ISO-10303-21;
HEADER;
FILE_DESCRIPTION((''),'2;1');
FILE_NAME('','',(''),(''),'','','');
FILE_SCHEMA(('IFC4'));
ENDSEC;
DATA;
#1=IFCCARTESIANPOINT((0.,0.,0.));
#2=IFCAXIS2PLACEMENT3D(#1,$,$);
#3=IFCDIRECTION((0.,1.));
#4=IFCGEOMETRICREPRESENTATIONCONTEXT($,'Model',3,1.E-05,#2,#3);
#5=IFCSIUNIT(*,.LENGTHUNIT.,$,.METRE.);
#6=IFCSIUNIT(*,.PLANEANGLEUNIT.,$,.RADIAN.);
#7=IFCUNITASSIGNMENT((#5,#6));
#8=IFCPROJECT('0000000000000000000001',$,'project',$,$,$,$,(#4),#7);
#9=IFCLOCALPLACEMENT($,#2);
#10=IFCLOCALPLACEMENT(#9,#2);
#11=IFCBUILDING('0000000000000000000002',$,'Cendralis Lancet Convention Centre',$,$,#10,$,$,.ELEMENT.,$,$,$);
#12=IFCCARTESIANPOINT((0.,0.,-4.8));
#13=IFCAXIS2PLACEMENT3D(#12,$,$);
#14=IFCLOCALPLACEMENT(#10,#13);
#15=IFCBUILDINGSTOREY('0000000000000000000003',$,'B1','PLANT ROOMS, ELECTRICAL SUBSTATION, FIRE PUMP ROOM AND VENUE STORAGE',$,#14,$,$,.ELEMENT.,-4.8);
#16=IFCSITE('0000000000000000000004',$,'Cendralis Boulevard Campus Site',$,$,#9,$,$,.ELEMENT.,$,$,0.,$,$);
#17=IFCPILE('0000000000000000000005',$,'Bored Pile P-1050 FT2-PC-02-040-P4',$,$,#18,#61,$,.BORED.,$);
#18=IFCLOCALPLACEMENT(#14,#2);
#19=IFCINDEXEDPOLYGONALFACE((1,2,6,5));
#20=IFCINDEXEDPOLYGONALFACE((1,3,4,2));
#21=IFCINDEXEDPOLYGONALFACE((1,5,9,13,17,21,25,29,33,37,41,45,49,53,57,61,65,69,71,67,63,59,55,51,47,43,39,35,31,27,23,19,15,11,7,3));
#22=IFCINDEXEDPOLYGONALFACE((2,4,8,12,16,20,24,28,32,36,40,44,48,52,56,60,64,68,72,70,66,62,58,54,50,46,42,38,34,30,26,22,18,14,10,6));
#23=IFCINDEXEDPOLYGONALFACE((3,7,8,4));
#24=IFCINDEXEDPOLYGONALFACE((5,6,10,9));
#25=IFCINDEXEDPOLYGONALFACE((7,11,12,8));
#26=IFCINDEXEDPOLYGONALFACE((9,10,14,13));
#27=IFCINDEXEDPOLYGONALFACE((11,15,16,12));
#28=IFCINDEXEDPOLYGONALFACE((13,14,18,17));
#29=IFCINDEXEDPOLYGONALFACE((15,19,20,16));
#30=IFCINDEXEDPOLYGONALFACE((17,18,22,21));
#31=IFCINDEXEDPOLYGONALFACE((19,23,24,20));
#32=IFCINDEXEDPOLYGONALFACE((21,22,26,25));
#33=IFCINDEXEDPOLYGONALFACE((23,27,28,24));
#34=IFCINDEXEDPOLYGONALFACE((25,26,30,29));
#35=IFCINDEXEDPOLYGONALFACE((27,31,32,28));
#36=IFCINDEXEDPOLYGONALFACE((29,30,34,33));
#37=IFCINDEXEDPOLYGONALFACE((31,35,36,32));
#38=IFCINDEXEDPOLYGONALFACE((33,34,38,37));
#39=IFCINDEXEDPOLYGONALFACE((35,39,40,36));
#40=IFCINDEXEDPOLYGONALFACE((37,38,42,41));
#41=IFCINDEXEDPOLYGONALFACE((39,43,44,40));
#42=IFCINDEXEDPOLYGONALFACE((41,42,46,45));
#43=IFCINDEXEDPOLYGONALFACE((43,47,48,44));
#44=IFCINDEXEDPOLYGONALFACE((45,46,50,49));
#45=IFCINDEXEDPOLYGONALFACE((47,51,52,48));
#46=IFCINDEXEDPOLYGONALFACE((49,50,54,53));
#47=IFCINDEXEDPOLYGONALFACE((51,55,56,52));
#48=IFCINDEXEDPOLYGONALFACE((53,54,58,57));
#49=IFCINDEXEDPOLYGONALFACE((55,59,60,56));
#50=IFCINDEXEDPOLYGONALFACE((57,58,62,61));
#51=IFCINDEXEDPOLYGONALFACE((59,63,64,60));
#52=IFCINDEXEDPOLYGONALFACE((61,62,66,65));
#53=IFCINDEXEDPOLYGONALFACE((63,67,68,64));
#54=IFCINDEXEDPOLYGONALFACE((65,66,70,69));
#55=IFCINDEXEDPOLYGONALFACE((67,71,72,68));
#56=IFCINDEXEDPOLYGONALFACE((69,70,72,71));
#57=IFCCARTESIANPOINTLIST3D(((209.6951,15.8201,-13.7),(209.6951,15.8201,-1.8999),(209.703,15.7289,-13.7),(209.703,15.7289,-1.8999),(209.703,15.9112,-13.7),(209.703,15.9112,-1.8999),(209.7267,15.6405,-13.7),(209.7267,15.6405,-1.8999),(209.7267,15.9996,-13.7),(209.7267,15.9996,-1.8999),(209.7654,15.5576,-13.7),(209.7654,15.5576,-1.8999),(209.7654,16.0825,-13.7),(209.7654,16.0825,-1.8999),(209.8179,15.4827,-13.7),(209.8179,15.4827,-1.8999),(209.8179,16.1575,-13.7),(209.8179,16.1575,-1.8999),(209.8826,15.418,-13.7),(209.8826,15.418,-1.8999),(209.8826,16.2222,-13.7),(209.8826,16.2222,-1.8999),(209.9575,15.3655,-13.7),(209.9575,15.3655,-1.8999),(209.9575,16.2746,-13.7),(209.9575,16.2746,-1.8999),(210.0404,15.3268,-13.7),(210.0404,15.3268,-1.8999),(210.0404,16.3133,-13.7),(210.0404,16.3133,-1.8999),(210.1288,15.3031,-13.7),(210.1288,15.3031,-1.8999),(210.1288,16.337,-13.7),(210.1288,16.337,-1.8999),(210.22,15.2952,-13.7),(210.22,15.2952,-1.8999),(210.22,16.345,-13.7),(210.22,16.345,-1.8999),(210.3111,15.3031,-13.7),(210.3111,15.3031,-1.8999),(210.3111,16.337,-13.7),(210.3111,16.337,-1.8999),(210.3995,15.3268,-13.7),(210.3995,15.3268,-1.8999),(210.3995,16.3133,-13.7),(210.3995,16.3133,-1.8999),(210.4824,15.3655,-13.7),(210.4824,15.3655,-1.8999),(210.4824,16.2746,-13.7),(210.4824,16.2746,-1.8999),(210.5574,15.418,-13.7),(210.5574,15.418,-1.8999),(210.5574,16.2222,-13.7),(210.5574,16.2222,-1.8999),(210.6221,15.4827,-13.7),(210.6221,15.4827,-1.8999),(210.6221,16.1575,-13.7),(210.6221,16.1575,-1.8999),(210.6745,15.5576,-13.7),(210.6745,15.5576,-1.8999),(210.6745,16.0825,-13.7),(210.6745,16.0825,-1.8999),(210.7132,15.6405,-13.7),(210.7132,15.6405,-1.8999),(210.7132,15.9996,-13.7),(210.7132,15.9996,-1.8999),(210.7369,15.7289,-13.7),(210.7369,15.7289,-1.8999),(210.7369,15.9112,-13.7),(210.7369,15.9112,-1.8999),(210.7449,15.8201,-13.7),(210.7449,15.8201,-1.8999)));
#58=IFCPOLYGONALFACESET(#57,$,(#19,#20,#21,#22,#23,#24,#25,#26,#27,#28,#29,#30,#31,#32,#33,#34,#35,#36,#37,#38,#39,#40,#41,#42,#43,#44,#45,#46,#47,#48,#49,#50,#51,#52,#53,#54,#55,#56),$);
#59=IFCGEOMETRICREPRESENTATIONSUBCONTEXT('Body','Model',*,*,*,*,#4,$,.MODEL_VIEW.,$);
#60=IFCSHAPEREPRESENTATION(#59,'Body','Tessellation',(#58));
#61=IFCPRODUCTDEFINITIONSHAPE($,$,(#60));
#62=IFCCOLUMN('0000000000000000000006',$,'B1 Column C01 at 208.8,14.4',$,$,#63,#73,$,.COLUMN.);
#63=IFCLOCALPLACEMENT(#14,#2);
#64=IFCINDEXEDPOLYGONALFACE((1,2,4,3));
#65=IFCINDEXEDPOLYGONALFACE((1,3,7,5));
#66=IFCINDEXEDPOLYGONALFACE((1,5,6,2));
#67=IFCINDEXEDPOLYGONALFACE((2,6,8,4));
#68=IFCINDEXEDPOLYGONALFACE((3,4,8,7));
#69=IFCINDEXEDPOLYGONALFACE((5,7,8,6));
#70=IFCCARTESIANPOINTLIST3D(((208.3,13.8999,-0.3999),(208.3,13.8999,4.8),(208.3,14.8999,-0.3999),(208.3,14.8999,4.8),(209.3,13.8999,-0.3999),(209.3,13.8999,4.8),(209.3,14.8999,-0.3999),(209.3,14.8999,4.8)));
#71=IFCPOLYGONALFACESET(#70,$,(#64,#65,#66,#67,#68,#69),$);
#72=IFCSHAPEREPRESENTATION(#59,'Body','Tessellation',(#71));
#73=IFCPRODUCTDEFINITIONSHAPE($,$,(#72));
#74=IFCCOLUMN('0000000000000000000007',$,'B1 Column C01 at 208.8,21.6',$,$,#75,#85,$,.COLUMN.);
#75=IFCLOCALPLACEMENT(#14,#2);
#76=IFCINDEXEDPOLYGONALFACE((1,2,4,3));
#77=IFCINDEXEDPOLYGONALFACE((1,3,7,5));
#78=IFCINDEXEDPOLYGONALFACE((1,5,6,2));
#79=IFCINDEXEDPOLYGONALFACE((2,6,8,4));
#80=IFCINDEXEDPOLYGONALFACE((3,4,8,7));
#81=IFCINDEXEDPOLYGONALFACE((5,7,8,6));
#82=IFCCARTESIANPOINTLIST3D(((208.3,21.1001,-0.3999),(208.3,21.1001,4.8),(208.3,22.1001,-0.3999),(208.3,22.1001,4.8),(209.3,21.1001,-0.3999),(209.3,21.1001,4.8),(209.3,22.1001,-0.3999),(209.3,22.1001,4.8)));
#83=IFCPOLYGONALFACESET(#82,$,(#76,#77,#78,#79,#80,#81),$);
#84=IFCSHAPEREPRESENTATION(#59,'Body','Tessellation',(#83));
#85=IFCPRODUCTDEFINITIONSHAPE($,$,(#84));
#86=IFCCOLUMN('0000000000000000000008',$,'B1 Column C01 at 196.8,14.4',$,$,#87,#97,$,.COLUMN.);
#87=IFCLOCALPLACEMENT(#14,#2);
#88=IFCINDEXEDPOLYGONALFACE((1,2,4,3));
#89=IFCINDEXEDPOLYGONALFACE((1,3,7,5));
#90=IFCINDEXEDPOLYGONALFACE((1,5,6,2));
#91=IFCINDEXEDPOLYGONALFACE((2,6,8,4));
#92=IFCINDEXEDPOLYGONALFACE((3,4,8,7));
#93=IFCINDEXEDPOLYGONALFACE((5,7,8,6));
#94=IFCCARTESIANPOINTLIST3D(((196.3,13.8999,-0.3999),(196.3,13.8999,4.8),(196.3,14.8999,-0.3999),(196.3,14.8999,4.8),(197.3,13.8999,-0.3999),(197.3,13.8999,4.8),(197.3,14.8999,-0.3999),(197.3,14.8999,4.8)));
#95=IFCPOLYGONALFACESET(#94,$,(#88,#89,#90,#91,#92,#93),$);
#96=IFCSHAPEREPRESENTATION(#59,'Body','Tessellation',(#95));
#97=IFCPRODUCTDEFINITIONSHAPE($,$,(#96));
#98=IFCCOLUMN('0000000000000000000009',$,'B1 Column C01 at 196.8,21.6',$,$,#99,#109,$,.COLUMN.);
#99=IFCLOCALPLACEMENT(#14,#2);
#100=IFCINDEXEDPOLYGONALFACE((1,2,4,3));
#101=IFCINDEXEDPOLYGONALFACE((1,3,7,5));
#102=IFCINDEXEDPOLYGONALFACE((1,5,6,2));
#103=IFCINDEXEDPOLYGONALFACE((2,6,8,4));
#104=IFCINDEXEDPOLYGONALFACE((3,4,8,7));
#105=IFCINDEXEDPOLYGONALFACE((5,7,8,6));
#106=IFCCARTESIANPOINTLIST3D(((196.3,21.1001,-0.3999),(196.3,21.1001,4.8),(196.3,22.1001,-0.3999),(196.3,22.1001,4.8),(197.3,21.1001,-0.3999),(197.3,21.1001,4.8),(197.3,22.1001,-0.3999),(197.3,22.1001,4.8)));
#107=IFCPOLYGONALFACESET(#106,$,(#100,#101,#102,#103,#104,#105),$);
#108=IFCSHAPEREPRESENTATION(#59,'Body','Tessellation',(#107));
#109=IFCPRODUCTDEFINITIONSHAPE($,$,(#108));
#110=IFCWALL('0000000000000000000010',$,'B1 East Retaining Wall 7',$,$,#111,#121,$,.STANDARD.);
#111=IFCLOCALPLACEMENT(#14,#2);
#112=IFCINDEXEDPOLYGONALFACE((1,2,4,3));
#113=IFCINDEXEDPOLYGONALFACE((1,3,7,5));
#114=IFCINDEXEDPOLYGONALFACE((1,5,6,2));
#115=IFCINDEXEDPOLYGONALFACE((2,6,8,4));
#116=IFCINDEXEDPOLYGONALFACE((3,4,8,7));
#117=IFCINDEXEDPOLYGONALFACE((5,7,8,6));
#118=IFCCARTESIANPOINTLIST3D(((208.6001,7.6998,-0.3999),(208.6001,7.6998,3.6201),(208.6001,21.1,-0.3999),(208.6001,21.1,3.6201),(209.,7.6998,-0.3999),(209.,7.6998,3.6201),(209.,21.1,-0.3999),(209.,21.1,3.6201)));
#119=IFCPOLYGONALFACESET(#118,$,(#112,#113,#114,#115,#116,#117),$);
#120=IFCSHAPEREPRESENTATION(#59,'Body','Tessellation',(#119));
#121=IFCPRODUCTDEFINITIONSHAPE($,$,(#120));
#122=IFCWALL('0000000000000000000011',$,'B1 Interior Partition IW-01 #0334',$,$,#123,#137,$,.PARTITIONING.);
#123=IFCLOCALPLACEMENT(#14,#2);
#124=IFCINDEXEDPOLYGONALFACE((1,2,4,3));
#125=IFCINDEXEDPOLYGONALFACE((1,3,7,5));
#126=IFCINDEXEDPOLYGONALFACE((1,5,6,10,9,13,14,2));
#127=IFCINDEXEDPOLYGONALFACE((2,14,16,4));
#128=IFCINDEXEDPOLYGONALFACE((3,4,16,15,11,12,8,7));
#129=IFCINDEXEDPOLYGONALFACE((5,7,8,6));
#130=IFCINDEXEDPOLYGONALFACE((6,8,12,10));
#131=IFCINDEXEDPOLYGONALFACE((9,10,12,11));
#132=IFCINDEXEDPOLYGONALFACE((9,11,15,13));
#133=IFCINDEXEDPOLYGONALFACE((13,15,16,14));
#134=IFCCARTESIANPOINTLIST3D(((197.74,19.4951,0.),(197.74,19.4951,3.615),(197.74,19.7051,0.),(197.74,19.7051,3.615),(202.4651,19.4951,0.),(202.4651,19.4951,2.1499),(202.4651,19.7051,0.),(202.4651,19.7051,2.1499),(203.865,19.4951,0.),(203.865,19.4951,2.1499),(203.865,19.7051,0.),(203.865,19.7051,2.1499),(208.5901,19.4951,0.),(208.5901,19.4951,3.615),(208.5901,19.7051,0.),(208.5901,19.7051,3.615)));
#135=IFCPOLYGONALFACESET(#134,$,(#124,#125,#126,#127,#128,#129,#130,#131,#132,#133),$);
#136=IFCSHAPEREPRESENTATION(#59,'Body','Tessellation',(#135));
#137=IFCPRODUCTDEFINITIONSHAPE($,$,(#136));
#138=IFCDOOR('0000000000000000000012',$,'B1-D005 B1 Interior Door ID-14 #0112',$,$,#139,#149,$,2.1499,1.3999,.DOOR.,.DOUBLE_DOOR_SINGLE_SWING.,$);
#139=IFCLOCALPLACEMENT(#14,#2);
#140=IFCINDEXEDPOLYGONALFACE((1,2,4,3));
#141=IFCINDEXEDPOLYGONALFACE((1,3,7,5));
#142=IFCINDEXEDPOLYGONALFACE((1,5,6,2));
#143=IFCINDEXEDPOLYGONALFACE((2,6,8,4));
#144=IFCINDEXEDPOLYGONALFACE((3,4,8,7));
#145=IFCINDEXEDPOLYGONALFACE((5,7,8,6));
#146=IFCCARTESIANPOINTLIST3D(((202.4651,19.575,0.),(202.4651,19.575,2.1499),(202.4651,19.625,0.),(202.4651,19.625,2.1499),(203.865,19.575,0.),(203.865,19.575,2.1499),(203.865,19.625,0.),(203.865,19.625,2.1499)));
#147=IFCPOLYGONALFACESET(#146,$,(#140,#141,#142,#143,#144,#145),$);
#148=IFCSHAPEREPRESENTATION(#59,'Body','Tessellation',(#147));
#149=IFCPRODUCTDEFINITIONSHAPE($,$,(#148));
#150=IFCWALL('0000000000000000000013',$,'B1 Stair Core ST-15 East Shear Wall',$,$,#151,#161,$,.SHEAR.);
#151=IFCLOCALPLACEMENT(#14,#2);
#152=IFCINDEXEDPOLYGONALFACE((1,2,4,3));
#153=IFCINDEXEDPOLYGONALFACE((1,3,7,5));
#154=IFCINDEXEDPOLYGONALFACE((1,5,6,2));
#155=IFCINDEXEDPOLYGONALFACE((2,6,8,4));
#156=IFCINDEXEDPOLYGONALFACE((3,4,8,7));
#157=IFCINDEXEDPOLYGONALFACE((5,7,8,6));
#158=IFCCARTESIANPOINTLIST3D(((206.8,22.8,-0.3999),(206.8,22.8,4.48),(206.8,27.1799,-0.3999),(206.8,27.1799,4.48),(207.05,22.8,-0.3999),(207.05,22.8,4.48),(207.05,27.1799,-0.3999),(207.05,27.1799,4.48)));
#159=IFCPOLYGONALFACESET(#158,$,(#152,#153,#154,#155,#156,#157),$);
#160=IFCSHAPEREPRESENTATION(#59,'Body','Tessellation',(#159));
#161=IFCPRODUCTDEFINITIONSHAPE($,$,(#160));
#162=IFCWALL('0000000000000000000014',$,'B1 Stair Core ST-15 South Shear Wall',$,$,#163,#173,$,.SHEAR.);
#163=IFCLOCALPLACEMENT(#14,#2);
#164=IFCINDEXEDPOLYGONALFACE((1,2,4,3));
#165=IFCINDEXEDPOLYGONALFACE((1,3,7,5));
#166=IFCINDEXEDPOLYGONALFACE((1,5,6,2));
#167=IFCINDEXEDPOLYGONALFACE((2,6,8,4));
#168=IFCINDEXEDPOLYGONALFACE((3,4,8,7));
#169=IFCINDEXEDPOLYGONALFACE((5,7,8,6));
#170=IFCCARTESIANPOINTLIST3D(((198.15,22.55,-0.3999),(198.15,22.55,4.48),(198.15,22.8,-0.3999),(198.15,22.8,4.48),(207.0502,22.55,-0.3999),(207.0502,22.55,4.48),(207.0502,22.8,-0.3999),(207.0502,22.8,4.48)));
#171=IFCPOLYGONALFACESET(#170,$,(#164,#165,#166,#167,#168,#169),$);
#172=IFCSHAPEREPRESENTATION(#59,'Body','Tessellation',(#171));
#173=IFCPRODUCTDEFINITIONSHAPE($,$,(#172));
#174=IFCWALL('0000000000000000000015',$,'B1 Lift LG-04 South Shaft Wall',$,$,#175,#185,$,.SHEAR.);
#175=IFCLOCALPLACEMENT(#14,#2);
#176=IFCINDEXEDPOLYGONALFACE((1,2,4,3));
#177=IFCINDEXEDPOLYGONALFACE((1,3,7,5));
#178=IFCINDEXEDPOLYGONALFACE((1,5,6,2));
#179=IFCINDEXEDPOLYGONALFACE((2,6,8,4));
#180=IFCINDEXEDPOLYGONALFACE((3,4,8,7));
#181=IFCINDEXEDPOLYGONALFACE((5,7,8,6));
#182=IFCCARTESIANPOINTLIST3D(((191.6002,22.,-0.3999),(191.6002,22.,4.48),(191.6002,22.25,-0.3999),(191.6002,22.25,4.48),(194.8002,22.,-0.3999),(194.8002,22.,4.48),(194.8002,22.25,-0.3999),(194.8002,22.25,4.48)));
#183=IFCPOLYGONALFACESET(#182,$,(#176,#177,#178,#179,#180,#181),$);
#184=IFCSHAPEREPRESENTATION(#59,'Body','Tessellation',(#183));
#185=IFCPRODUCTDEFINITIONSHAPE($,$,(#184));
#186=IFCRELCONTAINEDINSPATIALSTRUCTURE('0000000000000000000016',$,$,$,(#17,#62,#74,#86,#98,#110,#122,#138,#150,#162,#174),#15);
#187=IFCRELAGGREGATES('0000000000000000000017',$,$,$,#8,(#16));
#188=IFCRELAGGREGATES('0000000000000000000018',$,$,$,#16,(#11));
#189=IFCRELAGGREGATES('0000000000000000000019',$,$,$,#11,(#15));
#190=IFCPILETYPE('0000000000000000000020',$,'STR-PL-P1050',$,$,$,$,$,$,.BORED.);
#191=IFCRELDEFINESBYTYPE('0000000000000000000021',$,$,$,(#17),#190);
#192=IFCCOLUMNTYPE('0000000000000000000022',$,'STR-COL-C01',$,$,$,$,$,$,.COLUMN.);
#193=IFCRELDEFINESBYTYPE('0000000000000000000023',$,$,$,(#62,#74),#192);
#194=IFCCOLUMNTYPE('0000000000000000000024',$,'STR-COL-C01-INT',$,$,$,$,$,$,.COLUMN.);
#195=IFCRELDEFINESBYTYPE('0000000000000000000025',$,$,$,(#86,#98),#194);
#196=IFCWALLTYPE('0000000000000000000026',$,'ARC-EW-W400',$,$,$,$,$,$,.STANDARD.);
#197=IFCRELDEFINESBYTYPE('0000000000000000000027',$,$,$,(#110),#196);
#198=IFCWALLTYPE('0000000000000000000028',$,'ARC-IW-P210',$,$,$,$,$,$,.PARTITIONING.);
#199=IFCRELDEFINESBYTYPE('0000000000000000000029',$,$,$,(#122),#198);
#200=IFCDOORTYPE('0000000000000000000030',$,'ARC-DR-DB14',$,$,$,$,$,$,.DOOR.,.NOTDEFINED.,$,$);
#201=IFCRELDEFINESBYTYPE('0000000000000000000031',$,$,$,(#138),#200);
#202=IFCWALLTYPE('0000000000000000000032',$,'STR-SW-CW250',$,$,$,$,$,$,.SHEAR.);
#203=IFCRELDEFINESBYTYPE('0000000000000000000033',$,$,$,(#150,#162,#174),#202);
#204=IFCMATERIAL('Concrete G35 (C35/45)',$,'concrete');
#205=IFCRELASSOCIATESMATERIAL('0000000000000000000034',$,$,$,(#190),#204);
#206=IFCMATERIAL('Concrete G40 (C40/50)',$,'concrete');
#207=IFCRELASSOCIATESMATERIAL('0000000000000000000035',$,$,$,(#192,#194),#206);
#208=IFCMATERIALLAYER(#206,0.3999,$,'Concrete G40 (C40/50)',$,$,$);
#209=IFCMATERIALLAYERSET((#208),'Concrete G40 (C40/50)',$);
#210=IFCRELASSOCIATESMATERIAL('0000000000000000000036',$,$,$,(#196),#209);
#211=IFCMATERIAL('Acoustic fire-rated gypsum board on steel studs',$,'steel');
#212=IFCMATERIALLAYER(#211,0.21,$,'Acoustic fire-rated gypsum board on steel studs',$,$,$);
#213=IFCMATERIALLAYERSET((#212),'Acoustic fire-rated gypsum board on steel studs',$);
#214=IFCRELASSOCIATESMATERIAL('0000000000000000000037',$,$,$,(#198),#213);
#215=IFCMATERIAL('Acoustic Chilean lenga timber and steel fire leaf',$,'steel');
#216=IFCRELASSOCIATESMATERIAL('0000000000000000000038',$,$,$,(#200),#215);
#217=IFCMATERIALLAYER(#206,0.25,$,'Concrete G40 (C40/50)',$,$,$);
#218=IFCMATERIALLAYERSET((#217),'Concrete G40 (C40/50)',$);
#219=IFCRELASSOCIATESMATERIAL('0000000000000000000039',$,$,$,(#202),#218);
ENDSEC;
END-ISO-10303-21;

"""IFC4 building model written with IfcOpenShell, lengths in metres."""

from ifc_helpers import new_model, si_unit, direction, frame, frame_2d, origin, origin_2d, place, context, subcontext, project, spatial, rectangle, circle, extrude, material, layer, layer_set, material_profile, profile_set, type_object, element, fill, save


model = new_model("IFC4")

# Units and contexts
model_context = context("Model", 3, precision=1e-05, world=origin(), true_north=direction((0.0, 1.0)))
body_context = subcontext(model_context, "Body", "Model", "MODEL_VIEW")
ifc_project = project(units=[si_unit("LENGTHUNIT", "METRE"), si_unit("PLANEANGLEUNIT", "RADIAN")], contexts=[model_context])

# Site, building, storey
site_placement = place(None, origin())
site = spatial("IfcSite", under=ifc_project, at=site_placement, Name="Cendralis Boulevard Campus Site", CompositionType="ELEMENT", RefElevation=0.0)
building_placement = place(site_placement, origin())
building = spatial("IfcBuilding", under=site, at=building_placement, Name="Cendralis Lancet Convention Centre", CompositionType="ELEMENT")
storey_placement = place(building_placement, frame((0.0, 0.0, -4.8)))
storey = spatial("IfcBuildingStorey", under=building, at=storey_placement, Name="B1", Description="PLANT ROOMS, ELECTRICAL SUBSTATION, FIRE PUMP ROOM AND VENUE STORAGE", CompositionType="ELEMENT", Elevation=-4.8)

# Shared definitions
ifc_material_1 = material(Name="Concrete G35 (C35/45)", Category="concrete")

# Pile
ifc_material_profile_1 = material_profile(ifc_material_1, circle(Radius=0.5249, at=origin_2d()), Name="BORED PILE D1050")
ifc_profile_set_1 = profile_set([ifc_material_profile_1], Name="Concrete G35 (C35/45)")
pile_type = type_object("IfcPileType", Name="STR-PL-P1050", PredefinedType="BORED", material=ifc_profile_set_1)
for number, where, z_axis, x_axis, name in (
    (1, (210.22, 15.8201, -1.8999), (0.0, 0.0, -1.0), (1.0, 0.0, 0.0), "Bored Pile P-1050 FT2-PC-02-040-P4"),
):
    element("IfcPile", number, at=place(storey_placement, frame(where, z_axis=z_axis, x_axis=x_axis)), inside=storey, type_object=pile_type, Name=name, PredefinedType="BORED", context=body_context, shape_type="SweptSolid", body=[
        extrude(circle(Radius=0.5249, at=origin_2d()), origin(), (0.0, 0.0, 1.0), 11.8),
    ])

# Columns
ifc_material_2 = material(Name="Concrete G40 (C40/50)", Category="concrete")
ifc_material_profile_2 = material_profile(ifc_material_2, rectangle(XDim=1.0, YDim=1.0, at=origin_2d()), Name="RC 1000x1000")
ifc_profile_set_2 = profile_set([ifc_material_profile_2], Name="Concrete G40 (C40/50)")
column_type_1 = type_object("IfcColumnType", Name="STR-COL-C01", PredefinedType="COLUMN", material=ifc_profile_set_2)
for number, where, z_axis, x_axis, name in (
    (2, (208.8, 14.3999, -0.3999), (0.0, 0.0, 1.0), (1.0, 0.0, 0.0), "B1 Column C01 at 208.8,14.4"),
    (3, (208.8, 21.6001, -0.3999), (0.0, 0.0, 1.0), (1.0, 0.0, 0.0), "B1 Column C01 at 208.8,21.6"),
):
    element("IfcColumn", number, at=place(storey_placement, frame(where, z_axis=z_axis, x_axis=x_axis)), inside=storey, type_object=column_type_1, Name=name, PredefinedType="COLUMN", context=body_context, shape_type="SweptSolid", body=[
        extrude(rectangle(XDim=1.0, YDim=1.0, at=origin_2d()), origin(), (0.0, 0.0, 1.0), 5.2),
    ])
ifc_material_profile_3 = material_profile(ifc_material_2, rectangle(XDim=1.0, YDim=1.0, at=origin_2d()), Name="RC 1000x1000")
ifc_profile_set_3 = profile_set([ifc_material_profile_3], Name="Concrete G40 (C40/50)")
column_type_2 = type_object("IfcColumnType", Name="STR-COL-C01-INT", PredefinedType="COLUMN", material=ifc_profile_set_3)
for number, where, z_axis, x_axis, name in (
    (4, (196.8, 14.3999, -0.3999), (0.0, 0.0, 1.0), (1.0, 0.0, 0.0), "B1 Column C01 at 196.8,14.4"),
    (5, (196.8, 21.6001, -0.3999), (0.0, 0.0, 1.0), (1.0, 0.0, 0.0), "B1 Column C01 at 196.8,21.6"),
):
    element("IfcColumn", number, at=place(storey_placement, frame(where, z_axis=z_axis, x_axis=x_axis)), inside=storey, type_object=column_type_2, Name=name, PredefinedType="COLUMN", context=body_context, shape_type="SweptSolid", body=[
        extrude(rectangle(XDim=1.0, YDim=1.0, at=origin_2d()), origin(), (0.0, 0.0, 1.0), 5.2),
    ])

# Wall
ifc_layer_1 = layer(ifc_material_2, 0.3999, Name="Concrete G40 (C40/50)")
ifc_layer_set_1 = layer_set([ifc_layer_1], Name="Concrete G40 (C40/50)")
wall_type_1 = type_object("IfcWallType", Name="ARC-EW-W400", PredefinedType="STANDARD", material=ifc_layer_set_1)
wall_1_placement = place(storey_placement, frame((208.8, 21.1001, -0.3999), z_axis=(0.0, 0.0, 1.0), x_axis=(0.0, -1.0, 0.0)))
element("IfcWall", 6, at=wall_1_placement, inside=storey, type_object=wall_type_1, Name="B1 East Retaining Wall 7", PredefinedType="STANDARD", context=body_context, shape_type="SweptSolid", body=[
    extrude(rectangle(XDim=13.4001, YDim=0.3999, at=frame_2d((6.7002, 0.0))), origin(), (0.0, 0.0, 1.0), 4.02),
])

# Wall, opening, door
ifc_material_3 = material(Name="Acoustic fire-rated gypsum board on steel studs", Category="steel")
ifc_layer_2 = layer(ifc_material_3, 0.21, Name="Acoustic fire-rated gypsum board on steel studs")
ifc_layer_set_2 = layer_set([ifc_layer_2], Name="Acoustic fire-rated gypsum board on steel studs")
wall_type_2 = type_object("IfcWallType", Name="ARC-IW-P210", PredefinedType="PARTITIONING", material=ifc_layer_set_2)
wall_2_placement = place(storey_placement, frame((197.74, 19.6001, 0.0), z_axis=(0.0, 0.0, 1.0), x_axis=(1.0, 0.0, 0.0)))
wall_2 = element("IfcWall", 7, at=wall_2_placement, inside=storey, type_object=wall_type_2, Name="B1 Interior Partition IW-01 #0334", PredefinedType="PARTITIONING", context=body_context, shape_type="SweptSolid", body=[
    extrude(rectangle(XDim=10.8501, YDim=0.21, at=frame_2d((5.425, 0.0))), origin(), (0.0, 0.0, 1.0), 3.615),
])
opening_1_placement = place(wall_2_placement, frame((4.7251, 0.0, 0.0)))
opening_1 = element("IfcOpeningElement", 8, at=opening_1_placement, cuts=wall_2, PredefinedType="OPENING", context=body_context, shape_type="SweptSolid", body=[
    extrude(rectangle(XDim=1.3999, YDim=2.1499, at=frame_2d((0.7, 1.075))), frame((0.0, 0.115, 0.0), z_axis=(0.0, -1.0, 0.0), x_axis=(1.0, 0.0, 0.0)), (0.0, 0.0, 1.0), 0.23),
])
ifc_material_4 = material(Name="Acoustic Chilean lenga timber and steel fire leaf", Category="steel")
door_type_1 = type_object("IfcDoorType", Name="ARC-DR-DB14", OperationType="NOTDEFINED", PredefinedType="DOOR", material=ifc_material_4)
door_1_placement = place(opening_1_placement, origin())
door_1 = element("IfcDoor", 9, at=door_1_placement, inside=storey, type_object=door_type_1, Name="B1-D005 B1 Interior Door ID-14 #0112", OperationType="DOUBLE_DOOR_SINGLE_SWING", OverallHeight=2.1499, OverallWidth=1.3999, PredefinedType="DOOR", context=body_context, shape_type="SweptSolid", body=[
    extrude(rectangle(XDim=1.3999, YDim=2.1499, at=frame_2d((0.7, 1.075))), frame((0.0, 0.0249, 0.0), z_axis=(0.0, -1.0, 0.0), x_axis=(1.0, 0.0, 0.0)), (0.0, 0.0, 1.0), 0.05),
])
fill(opening_1, door_1)
ifc_layer_3 = layer(ifc_material_2, 0.25, Name="Concrete G40 (C40/50)")
ifc_layer_set_3 = layer_set([ifc_layer_3], Name="Concrete G40 (C40/50)")
wall_type_3 = type_object("IfcWallType", Name="STR-SW-CW250", PredefinedType="SHEAR", material=ifc_layer_set_3)

# Walls
wall_3_placement = place(storey_placement, frame((206.925, 22.8, -0.3999), z_axis=(0.0, 0.0, 1.0), x_axis=(0.0, 1.0, 0.0)))
element("IfcWall", 10, at=wall_3_placement, inside=storey, type_object=wall_type_3, Name="B1 Stair Core ST-15 East Shear Wall", PredefinedType="SHEAR", context=body_context, shape_type="SweptSolid", body=[
    extrude(rectangle(XDim=4.3799, YDim=0.25, at=frame_2d((2.1899, 0.0))), origin(), (0.0, 0.0, 1.0), 4.8799),
])
wall_4_placement = place(storey_placement, frame((198.1499, 22.675, -0.3999), z_axis=(0.0, 0.0, 1.0), x_axis=(1.0, 0.0, 0.0)))
element("IfcWall", 11, at=wall_4_placement, inside=storey, type_object=wall_type_3, Name="B1 Stair Core ST-15 South Shear Wall", PredefinedType="SHEAR", context=body_context, shape_type="SweptSolid", body=[
    extrude(rectangle(XDim=8.9001, YDim=0.25, at=frame_2d((4.4502, 0.0))), origin(), (0.0, 0.0, 1.0), 4.8799),
])
wall_5_placement = place(storey_placement, frame((191.6001, 22.125, -0.3999), z_axis=(0.0, 0.0, 1.0), x_axis=(1.0, 0.0, 0.0)))
element("IfcWall", 12, at=wall_5_placement, inside=storey, type_object=wall_type_3, Name="B1 Lift LG-04 South Shaft Wall", PredefinedType="SHEAR", context=body_context, shape_type="SweptSolid", body=[
    extrude(rectangle(XDim=3.2, YDim=0.25, at=frame_2d((1.6001, 0.0))), origin(), (0.0, 0.0, 1.0), 4.8799),
])

save(model, "model.ifc")
